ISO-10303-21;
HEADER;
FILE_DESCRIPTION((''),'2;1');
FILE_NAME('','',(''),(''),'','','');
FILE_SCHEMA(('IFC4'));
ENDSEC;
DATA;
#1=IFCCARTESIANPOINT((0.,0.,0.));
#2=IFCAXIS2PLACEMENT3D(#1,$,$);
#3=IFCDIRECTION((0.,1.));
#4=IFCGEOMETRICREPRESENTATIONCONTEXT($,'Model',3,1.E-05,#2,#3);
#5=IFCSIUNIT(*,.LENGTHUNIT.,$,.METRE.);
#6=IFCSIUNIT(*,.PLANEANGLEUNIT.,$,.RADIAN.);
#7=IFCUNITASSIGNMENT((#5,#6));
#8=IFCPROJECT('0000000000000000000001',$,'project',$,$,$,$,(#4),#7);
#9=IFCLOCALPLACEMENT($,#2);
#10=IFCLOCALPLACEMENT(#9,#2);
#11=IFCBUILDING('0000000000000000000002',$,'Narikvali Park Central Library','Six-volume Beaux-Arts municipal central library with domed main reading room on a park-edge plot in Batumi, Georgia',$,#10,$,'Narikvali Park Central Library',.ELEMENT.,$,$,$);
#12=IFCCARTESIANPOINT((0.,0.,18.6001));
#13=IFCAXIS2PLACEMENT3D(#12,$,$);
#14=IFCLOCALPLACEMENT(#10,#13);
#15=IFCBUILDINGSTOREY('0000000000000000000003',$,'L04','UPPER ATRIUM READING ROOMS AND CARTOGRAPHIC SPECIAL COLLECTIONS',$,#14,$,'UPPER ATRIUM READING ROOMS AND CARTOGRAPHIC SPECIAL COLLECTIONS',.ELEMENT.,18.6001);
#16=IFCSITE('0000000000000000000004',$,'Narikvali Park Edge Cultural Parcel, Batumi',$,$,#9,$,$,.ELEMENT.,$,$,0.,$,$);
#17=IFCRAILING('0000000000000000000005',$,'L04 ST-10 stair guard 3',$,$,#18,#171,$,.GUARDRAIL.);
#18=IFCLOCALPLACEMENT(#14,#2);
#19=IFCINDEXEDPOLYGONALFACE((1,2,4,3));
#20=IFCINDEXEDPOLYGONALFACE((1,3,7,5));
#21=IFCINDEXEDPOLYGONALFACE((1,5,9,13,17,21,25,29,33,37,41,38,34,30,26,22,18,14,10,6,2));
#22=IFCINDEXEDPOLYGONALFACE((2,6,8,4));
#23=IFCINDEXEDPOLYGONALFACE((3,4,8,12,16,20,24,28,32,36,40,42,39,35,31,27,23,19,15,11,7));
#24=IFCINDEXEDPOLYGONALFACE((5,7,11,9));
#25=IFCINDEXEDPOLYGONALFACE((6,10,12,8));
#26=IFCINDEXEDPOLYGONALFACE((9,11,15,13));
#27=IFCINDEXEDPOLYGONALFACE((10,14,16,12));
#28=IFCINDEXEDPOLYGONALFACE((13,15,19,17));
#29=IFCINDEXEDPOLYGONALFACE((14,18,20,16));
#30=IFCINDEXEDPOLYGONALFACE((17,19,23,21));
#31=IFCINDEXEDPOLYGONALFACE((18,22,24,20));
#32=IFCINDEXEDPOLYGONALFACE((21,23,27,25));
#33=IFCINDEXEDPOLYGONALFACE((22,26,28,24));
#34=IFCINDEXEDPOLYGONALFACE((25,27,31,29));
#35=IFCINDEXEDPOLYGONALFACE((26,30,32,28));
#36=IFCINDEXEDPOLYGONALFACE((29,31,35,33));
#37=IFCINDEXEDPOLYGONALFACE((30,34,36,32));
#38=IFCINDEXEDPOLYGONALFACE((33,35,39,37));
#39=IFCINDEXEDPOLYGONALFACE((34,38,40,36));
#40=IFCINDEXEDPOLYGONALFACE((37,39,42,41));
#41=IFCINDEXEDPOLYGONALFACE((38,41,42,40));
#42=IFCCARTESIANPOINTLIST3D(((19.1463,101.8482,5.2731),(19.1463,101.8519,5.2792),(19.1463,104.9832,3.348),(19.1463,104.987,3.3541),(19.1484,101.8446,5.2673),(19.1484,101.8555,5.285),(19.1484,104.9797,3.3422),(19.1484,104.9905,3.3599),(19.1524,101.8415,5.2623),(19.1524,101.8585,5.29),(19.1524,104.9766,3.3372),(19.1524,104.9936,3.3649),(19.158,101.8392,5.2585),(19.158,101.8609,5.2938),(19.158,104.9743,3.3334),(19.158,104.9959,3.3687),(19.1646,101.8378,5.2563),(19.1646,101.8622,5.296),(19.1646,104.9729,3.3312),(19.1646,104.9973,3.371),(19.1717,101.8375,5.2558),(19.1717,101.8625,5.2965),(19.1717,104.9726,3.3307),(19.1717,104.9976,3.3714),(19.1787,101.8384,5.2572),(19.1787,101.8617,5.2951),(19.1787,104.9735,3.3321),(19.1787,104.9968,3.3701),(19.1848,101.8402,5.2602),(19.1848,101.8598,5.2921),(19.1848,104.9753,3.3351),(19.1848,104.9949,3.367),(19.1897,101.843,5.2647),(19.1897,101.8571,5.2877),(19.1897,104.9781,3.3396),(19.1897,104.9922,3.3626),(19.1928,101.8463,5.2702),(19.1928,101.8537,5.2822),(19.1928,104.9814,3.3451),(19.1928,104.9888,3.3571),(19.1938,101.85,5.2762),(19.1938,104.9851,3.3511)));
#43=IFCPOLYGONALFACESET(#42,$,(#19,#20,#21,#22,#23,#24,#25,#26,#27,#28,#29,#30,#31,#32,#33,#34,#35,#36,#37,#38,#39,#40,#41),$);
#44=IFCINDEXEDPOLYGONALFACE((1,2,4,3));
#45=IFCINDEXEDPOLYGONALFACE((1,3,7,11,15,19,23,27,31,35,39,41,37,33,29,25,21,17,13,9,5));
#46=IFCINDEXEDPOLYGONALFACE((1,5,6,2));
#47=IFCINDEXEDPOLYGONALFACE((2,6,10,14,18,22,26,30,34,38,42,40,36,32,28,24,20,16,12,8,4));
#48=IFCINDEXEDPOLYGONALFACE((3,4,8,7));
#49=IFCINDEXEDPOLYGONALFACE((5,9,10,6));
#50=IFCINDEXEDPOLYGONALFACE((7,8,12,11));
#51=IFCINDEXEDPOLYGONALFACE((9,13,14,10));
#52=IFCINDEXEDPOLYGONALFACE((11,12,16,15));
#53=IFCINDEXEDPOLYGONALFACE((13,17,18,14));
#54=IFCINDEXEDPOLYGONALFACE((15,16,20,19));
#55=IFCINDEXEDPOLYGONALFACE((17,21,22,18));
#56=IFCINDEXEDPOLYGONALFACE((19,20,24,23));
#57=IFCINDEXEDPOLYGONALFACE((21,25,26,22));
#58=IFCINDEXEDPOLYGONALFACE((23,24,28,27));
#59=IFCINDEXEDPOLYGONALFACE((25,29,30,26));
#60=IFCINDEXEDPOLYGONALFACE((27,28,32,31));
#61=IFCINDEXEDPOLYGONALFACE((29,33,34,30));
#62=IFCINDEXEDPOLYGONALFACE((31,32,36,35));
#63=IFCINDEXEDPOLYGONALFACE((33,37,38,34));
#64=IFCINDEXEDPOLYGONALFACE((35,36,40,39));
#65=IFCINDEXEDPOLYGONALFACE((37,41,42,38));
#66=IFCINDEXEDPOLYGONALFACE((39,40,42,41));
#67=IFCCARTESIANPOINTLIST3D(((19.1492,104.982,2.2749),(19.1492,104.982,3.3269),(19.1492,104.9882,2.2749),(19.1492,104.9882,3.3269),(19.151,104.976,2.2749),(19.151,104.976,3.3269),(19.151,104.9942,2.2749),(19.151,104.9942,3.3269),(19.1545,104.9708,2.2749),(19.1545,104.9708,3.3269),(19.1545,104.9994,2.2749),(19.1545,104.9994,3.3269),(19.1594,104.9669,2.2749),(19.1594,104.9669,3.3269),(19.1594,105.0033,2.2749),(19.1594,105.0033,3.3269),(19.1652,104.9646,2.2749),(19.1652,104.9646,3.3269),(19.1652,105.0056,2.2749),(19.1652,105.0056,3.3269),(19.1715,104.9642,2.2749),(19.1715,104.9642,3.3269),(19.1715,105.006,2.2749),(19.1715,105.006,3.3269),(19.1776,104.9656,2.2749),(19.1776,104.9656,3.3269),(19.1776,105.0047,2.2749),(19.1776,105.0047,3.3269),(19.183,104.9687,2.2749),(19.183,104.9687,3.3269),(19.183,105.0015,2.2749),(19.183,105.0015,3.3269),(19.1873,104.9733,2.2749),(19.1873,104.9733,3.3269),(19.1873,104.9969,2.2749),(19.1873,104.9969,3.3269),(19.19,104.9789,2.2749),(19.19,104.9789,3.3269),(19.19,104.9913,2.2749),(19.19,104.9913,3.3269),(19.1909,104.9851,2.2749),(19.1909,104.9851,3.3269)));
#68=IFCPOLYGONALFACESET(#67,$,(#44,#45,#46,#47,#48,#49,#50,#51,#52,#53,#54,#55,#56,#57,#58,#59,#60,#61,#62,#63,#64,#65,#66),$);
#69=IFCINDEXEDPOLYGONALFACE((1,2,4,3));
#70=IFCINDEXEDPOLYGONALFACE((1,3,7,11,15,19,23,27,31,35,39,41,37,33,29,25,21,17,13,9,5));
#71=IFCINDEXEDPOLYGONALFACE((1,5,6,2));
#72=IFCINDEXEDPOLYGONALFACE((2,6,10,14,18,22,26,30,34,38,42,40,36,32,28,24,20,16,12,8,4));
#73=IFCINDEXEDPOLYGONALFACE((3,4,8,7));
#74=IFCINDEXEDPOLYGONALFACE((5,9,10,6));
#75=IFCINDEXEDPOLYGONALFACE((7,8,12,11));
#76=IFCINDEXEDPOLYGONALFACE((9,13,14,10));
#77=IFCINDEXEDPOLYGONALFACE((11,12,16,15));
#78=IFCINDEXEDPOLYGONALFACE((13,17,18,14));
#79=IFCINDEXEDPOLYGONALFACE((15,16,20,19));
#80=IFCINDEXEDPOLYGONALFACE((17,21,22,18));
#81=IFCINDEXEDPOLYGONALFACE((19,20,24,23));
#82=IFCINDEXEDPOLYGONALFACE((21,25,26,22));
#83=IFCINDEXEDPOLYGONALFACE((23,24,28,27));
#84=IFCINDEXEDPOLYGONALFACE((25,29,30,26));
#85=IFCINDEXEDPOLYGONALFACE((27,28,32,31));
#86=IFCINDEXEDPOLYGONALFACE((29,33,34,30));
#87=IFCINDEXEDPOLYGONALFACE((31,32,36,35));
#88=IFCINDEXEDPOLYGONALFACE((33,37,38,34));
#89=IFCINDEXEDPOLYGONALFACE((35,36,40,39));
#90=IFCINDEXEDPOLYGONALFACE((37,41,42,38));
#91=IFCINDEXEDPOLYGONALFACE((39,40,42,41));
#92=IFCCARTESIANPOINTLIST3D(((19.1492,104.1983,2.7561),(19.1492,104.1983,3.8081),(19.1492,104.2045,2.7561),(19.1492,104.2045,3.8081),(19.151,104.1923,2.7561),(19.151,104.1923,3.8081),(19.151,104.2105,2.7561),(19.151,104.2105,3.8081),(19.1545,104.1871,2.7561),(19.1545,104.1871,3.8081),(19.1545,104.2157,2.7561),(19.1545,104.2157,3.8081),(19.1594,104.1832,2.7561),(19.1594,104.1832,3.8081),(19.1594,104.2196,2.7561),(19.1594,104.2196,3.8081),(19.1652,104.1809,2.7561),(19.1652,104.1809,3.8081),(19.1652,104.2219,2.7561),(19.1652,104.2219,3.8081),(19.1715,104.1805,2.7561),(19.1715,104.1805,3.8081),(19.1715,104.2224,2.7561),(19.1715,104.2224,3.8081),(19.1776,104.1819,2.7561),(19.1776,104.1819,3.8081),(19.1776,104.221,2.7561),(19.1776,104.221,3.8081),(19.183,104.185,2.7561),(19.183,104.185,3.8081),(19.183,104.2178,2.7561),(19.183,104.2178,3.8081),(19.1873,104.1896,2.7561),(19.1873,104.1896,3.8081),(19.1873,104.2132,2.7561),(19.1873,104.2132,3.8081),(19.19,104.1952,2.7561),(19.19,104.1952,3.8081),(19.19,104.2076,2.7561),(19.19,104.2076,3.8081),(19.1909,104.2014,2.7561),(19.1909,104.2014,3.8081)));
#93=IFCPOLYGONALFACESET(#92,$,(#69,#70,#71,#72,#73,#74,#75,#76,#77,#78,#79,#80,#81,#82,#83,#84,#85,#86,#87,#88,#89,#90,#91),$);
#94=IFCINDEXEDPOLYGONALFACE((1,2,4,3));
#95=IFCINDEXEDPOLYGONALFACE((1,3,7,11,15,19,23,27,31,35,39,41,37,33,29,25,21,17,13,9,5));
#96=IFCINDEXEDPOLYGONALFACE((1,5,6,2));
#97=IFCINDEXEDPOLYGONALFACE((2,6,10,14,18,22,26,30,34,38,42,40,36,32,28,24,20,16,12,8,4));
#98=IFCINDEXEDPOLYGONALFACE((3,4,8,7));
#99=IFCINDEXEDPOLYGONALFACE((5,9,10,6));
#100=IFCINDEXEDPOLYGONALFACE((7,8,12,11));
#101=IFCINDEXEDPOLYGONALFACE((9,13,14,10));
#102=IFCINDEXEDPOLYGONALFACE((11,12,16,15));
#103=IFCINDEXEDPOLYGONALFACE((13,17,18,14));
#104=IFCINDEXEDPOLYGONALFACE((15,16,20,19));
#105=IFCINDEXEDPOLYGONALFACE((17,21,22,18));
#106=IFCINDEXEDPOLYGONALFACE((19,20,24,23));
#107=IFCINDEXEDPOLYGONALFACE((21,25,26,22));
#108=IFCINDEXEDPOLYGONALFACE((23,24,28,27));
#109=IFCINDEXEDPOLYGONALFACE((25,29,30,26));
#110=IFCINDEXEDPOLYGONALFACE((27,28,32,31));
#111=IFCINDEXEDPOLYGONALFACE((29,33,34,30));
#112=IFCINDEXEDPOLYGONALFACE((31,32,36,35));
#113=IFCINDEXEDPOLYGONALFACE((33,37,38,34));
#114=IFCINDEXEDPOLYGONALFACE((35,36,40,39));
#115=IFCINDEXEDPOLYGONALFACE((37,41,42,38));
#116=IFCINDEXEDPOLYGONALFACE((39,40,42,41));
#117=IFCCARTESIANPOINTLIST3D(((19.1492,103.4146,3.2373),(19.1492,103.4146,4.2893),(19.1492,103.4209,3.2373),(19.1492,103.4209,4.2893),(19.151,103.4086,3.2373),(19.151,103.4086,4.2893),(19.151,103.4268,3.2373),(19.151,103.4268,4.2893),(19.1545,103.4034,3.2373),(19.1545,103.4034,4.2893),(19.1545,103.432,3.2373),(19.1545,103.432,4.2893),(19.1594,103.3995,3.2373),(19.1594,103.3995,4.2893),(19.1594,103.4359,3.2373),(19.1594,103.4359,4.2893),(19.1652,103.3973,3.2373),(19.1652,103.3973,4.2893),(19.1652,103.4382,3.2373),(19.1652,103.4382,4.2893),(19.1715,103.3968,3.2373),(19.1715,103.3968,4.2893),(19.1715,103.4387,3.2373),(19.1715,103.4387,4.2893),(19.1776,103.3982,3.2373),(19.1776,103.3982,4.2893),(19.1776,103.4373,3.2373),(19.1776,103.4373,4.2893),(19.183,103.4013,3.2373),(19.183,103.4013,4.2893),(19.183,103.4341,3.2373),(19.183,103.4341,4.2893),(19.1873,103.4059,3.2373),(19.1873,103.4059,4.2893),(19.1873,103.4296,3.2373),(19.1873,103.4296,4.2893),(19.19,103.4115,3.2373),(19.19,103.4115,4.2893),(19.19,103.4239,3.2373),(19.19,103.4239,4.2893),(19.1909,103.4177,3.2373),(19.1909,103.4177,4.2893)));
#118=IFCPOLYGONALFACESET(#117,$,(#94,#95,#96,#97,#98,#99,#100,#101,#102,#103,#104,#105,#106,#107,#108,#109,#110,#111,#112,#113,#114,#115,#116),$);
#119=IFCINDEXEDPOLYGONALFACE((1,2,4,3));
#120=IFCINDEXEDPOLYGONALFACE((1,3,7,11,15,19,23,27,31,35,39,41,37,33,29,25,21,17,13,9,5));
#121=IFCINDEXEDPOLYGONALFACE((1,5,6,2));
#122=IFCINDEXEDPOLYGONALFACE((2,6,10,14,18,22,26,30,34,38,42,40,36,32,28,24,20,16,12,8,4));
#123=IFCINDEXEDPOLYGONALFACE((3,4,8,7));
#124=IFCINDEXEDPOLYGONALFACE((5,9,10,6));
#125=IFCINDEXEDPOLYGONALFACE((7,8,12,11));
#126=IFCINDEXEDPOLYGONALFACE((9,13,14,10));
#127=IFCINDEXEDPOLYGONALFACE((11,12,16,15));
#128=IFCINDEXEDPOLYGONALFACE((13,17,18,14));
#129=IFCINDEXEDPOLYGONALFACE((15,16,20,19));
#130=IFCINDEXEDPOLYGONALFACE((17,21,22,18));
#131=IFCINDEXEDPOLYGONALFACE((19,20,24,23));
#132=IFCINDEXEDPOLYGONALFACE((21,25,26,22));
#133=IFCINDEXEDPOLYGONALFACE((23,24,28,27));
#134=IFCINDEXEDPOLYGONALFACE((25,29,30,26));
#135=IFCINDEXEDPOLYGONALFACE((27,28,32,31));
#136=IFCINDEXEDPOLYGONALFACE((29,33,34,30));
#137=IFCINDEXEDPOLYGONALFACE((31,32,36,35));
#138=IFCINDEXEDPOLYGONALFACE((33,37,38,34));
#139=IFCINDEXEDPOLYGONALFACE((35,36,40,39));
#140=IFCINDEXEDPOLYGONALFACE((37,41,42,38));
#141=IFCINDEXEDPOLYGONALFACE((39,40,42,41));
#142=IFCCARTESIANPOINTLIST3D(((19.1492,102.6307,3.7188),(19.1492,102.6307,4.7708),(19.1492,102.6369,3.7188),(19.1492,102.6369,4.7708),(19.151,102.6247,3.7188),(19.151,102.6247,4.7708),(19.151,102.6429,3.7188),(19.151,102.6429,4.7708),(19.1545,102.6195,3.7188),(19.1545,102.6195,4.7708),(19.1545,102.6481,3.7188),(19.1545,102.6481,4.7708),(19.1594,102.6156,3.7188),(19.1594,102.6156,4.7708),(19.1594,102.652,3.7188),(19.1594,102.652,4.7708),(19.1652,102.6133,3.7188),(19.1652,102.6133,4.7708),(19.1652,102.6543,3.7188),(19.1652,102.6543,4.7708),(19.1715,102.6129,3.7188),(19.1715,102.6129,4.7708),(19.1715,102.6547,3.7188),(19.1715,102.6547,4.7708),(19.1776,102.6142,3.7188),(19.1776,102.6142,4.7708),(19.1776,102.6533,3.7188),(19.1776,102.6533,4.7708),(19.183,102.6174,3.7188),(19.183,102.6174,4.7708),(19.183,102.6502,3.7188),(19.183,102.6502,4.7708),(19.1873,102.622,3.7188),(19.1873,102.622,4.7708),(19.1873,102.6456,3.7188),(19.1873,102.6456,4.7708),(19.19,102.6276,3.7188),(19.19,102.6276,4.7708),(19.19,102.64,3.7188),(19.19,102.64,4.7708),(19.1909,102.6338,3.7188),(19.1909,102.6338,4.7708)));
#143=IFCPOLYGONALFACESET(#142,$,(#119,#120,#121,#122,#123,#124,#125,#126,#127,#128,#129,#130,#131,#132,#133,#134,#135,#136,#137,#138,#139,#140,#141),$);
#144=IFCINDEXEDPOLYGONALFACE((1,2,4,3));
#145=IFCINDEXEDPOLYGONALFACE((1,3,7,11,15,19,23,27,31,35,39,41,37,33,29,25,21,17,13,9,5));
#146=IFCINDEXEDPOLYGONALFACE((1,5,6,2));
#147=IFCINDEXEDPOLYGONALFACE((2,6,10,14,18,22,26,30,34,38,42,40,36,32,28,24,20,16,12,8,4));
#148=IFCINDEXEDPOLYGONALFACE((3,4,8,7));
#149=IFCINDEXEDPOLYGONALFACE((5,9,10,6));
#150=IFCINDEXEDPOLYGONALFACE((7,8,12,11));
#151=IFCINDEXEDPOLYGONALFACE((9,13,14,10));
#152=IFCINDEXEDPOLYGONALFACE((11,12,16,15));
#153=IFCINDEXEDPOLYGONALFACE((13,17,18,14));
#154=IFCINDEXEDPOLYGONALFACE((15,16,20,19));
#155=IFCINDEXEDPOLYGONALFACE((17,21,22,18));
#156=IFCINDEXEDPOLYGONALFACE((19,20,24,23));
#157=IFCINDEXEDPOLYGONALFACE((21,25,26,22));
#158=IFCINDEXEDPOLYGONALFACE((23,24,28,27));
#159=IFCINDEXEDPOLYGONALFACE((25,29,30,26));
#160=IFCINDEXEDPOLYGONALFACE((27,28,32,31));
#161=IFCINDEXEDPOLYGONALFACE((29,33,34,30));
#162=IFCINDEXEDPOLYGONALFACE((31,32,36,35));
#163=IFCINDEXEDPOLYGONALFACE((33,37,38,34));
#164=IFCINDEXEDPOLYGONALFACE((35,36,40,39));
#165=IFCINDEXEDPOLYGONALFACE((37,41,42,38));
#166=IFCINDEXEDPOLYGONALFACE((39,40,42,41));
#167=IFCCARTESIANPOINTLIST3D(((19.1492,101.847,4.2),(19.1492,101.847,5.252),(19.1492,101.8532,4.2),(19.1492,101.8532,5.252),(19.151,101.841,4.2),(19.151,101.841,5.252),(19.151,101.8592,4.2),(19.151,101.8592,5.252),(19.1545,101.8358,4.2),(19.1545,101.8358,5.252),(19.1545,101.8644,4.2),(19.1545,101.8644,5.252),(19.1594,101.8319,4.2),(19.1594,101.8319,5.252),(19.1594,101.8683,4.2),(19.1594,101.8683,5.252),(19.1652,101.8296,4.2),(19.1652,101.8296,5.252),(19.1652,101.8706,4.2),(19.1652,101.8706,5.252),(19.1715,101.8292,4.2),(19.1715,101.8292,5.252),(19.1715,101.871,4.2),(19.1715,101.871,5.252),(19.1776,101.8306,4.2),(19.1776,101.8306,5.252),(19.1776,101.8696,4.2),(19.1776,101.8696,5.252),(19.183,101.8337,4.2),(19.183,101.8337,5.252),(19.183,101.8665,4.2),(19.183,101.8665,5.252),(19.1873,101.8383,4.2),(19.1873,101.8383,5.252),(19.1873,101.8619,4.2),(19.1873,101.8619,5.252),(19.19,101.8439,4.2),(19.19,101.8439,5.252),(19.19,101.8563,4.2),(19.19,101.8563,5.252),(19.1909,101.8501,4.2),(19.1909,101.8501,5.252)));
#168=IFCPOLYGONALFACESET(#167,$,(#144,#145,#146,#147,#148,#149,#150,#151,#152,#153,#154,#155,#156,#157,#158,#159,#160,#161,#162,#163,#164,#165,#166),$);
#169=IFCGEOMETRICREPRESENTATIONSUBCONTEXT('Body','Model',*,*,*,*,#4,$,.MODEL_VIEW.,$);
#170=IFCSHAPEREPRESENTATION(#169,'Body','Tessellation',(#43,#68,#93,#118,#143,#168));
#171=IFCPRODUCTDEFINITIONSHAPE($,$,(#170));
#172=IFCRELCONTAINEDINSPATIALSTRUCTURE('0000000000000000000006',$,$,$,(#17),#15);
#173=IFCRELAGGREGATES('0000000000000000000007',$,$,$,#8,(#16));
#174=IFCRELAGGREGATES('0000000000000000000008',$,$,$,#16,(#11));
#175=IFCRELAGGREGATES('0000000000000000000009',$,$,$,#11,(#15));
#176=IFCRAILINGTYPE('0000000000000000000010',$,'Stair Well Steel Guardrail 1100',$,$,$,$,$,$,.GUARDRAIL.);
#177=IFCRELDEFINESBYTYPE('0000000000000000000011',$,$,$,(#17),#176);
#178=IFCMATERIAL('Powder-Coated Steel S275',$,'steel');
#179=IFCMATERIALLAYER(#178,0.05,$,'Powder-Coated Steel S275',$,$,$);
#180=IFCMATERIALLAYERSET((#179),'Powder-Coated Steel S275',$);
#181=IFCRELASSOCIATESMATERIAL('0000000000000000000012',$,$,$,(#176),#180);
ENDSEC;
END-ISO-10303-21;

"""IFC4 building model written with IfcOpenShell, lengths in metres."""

from ifc_helpers import new_model, si_unit, direction, frame, origin, origin_2d, place, context, subcontext, project, spatial, circle, extrude, material, layer, layer_set, type_object, element, save


model = new_model("IFC4")

# Units and contexts
model_context = context("Model", 3, precision=1e-05, world=origin(), true_north=direction((0.0, 1.0)))
body_context = subcontext(model_context, "Body", "Model", "MODEL_VIEW")
ifc_project = project(units=[si_unit("LENGTHUNIT", "METRE"), si_unit("PLANEANGLEUNIT", "RADIAN")], contexts=[model_context])

# Site, building, storey
site_placement = place(None, origin())
site = spatial("IfcSite", under=ifc_project, at=site_placement, Name="Narikvali Park Edge Cultural Parcel, Batumi", CompositionType="ELEMENT", RefElevation=0.0)
building_placement = place(site_placement, origin())
building = spatial("IfcBuilding", under=site, at=building_placement, Name="Narikvali Park Central Library", Description="Six-volume Beaux-Arts municipal central library with domed main reading room on a park-edge plot in Batumi, Georgia", LongName="Narikvali Park Central Library", CompositionType="ELEMENT")
storey_placement = place(building_placement, frame((0.0, 0.0, 18.6001)))
storey = spatial("IfcBuildingStorey", under=building, at=storey_placement, Name="L04", Description="UPPER ATRIUM READING ROOMS AND CARTOGRAPHIC SPECIAL COLLECTIONS", LongName="UPPER ATRIUM READING ROOMS AND CARTOGRAPHIC SPECIAL COLLECTIONS", CompositionType="ELEMENT", Elevation=18.6001)

# Railing
ifc_material_1 = material(Name="Powder-Coated Steel S275", Category="steel")
ifc_layer_1 = layer(ifc_material_1, 0.05, Name="Powder-Coated Steel S275")
ifc_layer_set_1 = layer_set([ifc_layer_1], Name="Powder-Coated Steel S275")
railing_type_1 = type_object("IfcRailingType", Name="Stair Well Steel Guardrail 1100", PredefinedType="GUARDRAIL", material=ifc_layer_set_1)
railing_1_placement = place(storey_placement, frame((19.1699, 104.9851, 2.2749)))
element("IfcRailing", 1, at=railing_1_placement, inside=storey, type_object=railing_type_1, Name="L04 ST-10 stair guard 3", PredefinedType="GUARDRAIL", context=body_context, shape_type="SweptSolid", body=[
    extrude(circle(Radius=0.0239, at=origin_2d()), frame((0.0, 0.0, 1.0762), z_axis=(0.0, -0.852166, 0.523271), x_axis=(1.0, 0.0, 0.0)), (0.0, 0.0, 1.0), 3.679),
    extrude(circle(Radius=0.021, at=origin_2d()), origin(), (0.0, 0.0, 1.0), 1.052),
    extrude(circle(Radius=0.021, at=origin_2d()), frame((0.0, -0.7837, 0.4812)), (0.0, 0.0, 1.0), 1.052),
    extrude(circle(Radius=0.021, at=origin_2d()), frame((0.0, -1.5674, 0.9624)), (0.0, 0.0, 1.0), 1.052),
    extrude(circle(Radius=0.021, at=origin_2d()), frame((0.0, -2.3513, 1.4438)), (0.0, 0.0, 1.0), 1.052),
    extrude(circle(Radius=0.021, at=origin_2d()), frame((0.0, -3.135, 1.925)), (0.0, 0.0, 1.0), 1.052),
])

save(model, "model.ifc")
